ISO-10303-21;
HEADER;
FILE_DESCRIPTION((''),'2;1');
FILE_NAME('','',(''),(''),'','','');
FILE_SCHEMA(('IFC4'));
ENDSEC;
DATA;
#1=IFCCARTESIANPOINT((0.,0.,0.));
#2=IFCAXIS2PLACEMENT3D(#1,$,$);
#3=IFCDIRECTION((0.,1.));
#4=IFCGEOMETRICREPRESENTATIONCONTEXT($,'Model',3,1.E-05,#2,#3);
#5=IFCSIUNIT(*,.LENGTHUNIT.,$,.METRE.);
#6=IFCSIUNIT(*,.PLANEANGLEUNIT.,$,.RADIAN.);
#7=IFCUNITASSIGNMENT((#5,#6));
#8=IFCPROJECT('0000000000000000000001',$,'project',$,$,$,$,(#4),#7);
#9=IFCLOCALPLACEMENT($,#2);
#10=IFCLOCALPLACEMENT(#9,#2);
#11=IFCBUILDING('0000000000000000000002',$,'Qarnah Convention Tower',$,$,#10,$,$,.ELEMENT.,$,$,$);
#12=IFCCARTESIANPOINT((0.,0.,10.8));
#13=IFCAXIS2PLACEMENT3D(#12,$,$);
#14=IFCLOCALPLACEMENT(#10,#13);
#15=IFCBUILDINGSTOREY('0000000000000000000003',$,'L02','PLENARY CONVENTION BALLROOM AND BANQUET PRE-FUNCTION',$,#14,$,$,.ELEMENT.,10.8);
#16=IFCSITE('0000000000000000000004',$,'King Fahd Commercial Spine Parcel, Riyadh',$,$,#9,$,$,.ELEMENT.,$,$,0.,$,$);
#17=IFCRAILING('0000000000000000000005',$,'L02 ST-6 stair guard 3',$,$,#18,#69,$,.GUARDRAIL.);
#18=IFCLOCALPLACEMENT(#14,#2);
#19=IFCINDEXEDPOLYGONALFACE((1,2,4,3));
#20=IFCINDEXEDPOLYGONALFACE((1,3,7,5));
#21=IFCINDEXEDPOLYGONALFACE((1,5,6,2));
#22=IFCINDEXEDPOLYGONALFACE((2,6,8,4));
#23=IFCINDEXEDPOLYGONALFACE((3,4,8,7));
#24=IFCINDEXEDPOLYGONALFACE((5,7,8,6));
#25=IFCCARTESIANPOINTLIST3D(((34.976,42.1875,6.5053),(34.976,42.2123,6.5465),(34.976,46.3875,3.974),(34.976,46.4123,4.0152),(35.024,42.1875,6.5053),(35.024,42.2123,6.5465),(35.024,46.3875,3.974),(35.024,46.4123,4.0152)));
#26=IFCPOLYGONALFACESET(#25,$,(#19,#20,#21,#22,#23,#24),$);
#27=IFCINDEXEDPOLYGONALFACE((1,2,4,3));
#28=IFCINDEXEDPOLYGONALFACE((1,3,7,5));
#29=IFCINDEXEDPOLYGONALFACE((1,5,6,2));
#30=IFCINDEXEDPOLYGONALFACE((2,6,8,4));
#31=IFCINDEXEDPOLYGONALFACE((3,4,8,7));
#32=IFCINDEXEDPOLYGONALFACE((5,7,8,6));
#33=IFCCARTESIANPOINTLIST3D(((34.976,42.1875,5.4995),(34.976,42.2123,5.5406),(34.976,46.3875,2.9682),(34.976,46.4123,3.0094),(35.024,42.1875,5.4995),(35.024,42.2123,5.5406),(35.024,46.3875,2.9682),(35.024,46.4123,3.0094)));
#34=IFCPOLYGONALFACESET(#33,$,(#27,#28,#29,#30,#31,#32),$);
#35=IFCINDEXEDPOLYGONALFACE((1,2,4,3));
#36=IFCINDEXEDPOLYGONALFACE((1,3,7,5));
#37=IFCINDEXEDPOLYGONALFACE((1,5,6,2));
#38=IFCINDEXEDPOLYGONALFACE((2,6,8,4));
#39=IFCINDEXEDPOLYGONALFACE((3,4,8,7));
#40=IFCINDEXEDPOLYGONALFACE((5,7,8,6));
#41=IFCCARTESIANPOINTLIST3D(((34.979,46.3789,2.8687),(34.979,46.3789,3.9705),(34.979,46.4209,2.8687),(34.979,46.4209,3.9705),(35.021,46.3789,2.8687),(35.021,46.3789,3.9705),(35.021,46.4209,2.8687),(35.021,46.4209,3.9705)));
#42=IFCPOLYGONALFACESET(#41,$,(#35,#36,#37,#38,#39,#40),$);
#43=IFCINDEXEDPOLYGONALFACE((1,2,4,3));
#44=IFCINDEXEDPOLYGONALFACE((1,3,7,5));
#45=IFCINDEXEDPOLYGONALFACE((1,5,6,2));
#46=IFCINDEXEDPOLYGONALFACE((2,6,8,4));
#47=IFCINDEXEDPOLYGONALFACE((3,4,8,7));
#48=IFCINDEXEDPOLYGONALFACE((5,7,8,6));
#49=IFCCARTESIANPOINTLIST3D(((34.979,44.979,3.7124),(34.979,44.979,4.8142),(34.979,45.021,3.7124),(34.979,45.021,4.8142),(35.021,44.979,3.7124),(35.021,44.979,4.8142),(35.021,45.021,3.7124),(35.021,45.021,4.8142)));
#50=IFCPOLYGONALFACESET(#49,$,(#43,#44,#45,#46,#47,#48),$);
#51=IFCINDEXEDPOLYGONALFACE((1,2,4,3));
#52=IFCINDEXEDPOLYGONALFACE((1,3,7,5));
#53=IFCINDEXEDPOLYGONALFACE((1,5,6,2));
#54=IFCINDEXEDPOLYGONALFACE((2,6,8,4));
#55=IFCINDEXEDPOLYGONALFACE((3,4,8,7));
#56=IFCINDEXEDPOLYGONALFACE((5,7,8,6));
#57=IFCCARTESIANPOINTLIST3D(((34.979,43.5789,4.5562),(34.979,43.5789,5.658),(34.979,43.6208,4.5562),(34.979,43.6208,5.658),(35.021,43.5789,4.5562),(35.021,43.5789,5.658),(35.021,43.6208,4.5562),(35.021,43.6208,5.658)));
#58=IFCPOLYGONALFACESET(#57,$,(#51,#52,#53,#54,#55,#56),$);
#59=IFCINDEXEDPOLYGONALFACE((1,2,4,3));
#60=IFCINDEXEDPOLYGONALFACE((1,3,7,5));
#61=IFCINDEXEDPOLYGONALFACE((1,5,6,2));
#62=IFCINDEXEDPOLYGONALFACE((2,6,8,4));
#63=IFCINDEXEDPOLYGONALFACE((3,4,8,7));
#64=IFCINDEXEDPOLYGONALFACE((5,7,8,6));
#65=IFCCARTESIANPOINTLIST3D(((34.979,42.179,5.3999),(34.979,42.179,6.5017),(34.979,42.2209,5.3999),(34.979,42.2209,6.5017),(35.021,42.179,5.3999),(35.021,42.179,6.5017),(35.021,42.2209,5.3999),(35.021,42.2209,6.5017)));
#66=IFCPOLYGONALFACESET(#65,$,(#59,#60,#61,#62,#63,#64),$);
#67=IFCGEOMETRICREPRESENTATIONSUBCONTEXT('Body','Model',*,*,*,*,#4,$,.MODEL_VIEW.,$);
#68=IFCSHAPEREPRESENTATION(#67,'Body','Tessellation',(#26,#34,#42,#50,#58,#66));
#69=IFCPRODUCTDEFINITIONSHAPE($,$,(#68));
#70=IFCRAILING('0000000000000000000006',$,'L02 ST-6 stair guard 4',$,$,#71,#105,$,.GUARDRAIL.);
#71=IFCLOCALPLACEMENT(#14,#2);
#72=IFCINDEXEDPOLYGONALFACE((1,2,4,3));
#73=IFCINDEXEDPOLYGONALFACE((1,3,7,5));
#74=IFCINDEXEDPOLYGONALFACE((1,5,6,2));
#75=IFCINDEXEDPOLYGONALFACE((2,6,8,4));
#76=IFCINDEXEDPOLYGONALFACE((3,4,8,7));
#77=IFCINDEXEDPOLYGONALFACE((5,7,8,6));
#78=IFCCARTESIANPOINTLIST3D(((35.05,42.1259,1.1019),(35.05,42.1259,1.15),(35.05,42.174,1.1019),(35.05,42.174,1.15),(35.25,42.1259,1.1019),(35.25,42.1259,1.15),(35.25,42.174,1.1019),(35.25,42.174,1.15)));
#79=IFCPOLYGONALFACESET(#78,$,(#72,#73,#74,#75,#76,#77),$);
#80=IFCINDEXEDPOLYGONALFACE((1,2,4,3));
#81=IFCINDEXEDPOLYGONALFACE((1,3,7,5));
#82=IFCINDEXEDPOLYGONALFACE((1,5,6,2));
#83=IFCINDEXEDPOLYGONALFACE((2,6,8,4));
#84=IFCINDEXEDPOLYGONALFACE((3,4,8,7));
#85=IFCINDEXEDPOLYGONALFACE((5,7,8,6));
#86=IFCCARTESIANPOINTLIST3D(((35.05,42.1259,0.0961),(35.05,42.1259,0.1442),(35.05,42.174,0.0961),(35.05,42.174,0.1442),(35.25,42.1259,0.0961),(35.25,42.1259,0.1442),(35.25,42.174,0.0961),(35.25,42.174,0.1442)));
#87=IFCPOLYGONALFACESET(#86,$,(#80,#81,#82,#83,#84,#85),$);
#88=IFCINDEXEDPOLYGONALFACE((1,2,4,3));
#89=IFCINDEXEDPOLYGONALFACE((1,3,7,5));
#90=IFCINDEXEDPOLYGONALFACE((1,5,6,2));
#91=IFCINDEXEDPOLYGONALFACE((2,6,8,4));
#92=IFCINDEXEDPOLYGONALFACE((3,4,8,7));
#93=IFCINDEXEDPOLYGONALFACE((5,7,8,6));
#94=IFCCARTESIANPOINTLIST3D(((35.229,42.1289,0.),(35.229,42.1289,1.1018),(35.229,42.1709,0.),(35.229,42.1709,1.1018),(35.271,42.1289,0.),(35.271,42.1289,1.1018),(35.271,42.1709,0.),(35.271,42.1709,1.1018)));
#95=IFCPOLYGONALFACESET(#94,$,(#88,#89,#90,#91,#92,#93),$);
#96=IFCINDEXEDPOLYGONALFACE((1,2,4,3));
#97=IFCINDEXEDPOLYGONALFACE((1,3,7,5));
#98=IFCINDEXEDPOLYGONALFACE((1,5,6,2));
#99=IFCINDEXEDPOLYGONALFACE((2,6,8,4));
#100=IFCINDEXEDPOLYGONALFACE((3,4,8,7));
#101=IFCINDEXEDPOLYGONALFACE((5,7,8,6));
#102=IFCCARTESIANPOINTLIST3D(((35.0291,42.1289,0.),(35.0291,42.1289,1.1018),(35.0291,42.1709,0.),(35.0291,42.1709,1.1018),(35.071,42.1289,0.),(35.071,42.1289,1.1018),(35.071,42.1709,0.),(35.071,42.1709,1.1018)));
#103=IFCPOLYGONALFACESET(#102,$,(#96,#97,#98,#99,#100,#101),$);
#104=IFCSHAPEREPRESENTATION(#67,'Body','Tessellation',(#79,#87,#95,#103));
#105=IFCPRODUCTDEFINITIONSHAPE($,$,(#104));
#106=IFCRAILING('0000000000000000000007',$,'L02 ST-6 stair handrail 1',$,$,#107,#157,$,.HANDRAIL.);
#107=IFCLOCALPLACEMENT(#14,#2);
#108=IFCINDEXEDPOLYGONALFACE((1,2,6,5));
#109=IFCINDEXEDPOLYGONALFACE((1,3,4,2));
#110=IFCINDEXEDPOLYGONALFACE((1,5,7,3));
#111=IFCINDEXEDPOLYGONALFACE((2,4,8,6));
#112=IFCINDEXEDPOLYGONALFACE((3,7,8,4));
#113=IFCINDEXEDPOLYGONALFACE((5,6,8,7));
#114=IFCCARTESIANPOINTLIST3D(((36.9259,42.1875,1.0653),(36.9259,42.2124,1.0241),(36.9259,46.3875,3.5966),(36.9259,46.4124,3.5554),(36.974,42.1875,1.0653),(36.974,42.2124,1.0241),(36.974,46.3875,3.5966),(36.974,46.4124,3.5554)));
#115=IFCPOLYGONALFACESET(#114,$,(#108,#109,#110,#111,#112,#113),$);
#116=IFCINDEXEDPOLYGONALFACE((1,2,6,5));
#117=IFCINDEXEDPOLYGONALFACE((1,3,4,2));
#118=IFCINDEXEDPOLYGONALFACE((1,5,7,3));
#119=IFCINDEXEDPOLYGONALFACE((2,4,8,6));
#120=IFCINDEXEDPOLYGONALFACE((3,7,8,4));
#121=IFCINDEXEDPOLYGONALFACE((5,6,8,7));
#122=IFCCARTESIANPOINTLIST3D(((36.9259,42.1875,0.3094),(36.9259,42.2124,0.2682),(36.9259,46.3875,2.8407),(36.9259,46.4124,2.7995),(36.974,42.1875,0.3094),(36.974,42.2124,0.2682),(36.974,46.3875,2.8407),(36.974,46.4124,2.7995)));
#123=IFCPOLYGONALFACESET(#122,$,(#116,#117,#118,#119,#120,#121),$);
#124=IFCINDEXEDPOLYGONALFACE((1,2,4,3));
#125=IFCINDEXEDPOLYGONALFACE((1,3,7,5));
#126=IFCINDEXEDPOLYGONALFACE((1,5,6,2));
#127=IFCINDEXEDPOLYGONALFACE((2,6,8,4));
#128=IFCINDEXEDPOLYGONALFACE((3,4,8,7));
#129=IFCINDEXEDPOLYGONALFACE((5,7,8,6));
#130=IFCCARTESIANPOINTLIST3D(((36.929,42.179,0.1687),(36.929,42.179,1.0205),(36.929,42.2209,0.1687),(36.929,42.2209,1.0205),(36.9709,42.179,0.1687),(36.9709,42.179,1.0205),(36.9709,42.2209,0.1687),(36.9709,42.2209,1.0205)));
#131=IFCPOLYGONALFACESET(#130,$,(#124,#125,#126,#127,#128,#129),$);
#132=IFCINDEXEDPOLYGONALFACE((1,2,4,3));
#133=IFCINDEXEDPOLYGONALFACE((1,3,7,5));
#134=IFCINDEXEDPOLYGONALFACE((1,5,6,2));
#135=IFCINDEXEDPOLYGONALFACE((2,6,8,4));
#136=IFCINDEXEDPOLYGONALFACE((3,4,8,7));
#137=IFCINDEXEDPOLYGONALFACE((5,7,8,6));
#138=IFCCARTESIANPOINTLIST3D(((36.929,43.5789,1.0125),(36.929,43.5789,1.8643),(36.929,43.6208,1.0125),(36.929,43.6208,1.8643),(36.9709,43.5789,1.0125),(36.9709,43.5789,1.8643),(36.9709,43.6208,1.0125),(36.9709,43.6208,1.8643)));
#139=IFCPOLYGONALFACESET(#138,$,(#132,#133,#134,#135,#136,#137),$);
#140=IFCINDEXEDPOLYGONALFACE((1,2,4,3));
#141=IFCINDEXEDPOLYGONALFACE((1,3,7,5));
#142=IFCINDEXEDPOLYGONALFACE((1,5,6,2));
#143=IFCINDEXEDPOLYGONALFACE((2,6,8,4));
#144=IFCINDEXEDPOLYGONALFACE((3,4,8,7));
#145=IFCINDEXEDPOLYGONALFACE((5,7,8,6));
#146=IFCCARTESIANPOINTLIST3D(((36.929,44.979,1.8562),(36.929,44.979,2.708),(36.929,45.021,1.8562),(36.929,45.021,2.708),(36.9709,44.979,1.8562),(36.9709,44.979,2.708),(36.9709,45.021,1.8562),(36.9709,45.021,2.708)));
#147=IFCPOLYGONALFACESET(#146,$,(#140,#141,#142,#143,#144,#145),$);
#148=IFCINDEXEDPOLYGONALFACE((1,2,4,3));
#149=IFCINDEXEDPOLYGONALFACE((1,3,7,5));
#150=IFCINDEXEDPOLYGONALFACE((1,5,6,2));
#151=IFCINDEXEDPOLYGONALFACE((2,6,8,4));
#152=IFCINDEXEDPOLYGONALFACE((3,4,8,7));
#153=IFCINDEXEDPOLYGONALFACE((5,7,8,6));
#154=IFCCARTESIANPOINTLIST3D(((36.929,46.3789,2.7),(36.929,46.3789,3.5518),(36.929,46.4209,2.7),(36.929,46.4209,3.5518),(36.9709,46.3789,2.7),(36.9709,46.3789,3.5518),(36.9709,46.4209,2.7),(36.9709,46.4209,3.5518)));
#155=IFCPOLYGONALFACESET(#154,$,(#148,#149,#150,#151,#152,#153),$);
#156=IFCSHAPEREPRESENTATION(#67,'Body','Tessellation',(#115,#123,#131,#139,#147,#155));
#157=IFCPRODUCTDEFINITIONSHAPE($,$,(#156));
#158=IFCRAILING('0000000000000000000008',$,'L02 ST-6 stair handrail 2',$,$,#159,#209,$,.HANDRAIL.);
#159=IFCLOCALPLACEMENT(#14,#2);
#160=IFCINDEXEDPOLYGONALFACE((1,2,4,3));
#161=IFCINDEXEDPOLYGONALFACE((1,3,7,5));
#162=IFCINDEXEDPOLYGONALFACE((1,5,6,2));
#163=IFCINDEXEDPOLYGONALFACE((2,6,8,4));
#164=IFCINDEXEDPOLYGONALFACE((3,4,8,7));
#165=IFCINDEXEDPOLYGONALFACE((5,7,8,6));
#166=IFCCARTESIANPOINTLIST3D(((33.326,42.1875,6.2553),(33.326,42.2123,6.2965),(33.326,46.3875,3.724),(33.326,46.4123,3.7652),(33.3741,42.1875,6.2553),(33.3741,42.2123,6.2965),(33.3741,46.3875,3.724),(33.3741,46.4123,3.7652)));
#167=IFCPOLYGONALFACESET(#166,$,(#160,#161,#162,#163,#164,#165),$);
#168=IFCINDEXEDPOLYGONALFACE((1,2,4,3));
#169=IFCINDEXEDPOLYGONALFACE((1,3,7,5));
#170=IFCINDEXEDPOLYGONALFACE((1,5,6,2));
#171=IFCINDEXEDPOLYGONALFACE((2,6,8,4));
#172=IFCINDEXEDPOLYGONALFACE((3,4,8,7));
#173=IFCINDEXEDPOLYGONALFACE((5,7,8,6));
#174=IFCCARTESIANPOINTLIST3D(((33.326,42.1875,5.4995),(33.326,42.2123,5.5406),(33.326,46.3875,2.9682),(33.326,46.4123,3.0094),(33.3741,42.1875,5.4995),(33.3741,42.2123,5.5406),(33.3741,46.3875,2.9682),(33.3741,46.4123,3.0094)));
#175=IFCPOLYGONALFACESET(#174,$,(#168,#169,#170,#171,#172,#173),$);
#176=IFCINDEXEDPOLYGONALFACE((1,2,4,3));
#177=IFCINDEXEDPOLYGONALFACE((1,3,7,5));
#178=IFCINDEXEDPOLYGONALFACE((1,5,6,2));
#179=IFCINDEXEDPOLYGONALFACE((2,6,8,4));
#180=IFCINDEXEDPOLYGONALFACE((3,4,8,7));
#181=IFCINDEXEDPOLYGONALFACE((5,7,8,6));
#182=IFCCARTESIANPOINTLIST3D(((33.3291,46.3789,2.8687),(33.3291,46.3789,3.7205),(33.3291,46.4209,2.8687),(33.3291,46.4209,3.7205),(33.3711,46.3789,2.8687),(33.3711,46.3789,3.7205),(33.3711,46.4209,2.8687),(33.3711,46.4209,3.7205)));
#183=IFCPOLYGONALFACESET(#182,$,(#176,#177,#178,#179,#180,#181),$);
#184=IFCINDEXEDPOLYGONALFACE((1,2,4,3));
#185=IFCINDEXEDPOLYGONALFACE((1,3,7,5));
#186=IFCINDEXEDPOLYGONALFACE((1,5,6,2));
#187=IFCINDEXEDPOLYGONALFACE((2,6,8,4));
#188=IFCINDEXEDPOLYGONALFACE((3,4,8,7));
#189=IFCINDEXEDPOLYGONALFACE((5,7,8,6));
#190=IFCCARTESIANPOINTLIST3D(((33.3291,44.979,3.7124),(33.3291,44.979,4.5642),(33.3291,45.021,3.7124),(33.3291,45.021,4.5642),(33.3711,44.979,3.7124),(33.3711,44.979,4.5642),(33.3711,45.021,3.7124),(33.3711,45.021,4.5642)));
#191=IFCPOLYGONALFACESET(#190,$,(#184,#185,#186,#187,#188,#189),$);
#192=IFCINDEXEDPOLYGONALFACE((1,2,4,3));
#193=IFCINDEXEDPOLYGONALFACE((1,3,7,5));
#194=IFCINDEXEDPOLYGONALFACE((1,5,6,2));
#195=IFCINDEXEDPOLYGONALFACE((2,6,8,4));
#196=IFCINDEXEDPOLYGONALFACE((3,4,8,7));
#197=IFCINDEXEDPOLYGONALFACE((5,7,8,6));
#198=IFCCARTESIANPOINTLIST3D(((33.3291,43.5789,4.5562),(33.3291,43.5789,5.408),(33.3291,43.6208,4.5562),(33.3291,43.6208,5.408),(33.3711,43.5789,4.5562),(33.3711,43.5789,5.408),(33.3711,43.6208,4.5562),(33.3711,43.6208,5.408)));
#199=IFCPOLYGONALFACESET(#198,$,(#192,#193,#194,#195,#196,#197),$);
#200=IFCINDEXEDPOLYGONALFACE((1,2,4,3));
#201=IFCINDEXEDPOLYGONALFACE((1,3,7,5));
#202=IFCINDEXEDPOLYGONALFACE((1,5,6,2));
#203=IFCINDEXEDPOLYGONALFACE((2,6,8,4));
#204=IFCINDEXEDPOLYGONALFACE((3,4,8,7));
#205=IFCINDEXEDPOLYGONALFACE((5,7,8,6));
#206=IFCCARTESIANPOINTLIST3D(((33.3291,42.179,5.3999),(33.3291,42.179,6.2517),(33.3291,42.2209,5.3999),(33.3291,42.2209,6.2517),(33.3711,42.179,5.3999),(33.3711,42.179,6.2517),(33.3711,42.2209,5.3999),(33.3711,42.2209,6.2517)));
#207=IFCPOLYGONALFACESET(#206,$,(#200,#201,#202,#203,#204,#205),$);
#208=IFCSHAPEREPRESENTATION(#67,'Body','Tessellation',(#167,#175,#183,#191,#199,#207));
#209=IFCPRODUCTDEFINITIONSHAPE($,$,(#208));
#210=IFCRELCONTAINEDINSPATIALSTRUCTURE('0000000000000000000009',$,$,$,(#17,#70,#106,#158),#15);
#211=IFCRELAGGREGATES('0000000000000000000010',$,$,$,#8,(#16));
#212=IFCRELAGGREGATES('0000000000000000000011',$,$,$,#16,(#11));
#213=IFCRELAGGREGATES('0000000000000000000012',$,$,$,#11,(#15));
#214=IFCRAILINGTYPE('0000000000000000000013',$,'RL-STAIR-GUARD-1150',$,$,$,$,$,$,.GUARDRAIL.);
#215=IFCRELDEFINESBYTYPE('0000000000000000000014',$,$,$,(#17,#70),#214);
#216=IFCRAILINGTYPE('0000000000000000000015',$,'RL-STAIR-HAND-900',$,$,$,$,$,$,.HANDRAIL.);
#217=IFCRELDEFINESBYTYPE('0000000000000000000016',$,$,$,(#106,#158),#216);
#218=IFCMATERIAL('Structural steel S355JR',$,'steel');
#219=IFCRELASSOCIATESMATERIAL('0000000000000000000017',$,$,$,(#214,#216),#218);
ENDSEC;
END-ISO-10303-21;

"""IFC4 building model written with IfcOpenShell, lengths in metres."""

from ifc_helpers import new_model, si_unit, direction, frame, origin, origin_2d, place, context, subcontext, project, spatial, rectangle, extrude, material, type_object, element, save


model = new_model("IFC4")

# Units and contexts
model_context = context("Model", 3, precision=1e-05, world=origin(), true_north=direction((0.0, 1.0)))
body_context = subcontext(model_context, "Body", "Model", "MODEL_VIEW")
ifc_project = project(units=[si_unit("LENGTHUNIT", "METRE"), si_unit("PLANEANGLEUNIT", "RADIAN")], contexts=[model_context])

# Site, building, storey
site_placement = place(None, origin())
site = spatial("IfcSite", under=ifc_project, at=site_placement, Name="King Fahd Commercial Spine Parcel, Riyadh", CompositionType="ELEMENT", RefElevation=0.0)
building_placement = place(site_placement, origin())
building = spatial("IfcBuilding", under=site, at=building_placement, Name="Qarnah Convention Tower", CompositionType="ELEMENT")
storey_placement = place(building_placement, frame((0.0, 0.0, 10.8)))
storey = spatial("IfcBuildingStorey", under=building, at=storey_placement, Name="L02", Description="PLENARY CONVENTION BALLROOM AND BANQUET PRE-FUNCTION", CompositionType="ELEMENT", Elevation=10.8)

# Shared definitions
ifc_material_1 = material(Name="Structural steel S355JR", Category="steel")

# Railings
railing_type_1 = type_object("IfcRailingType", Name="RL-STAIR-GUARD-1150", PredefinedType="GUARDRAIL", material=ifc_material_1)
railing_1_placement = place(storey_placement, frame((35.0, 46.3999, 2.8687)))
element("IfcRailing", 1, at=railing_1_placement, inside=storey, type_object=railing_type_1, Name="L02 ST-6 stair guard 3", PredefinedType="GUARDRAIL", context=body_context, shape_type="SweptSolid", body=[
    extrude(rectangle(XDim=0.0481, YDim=0.0481, at=origin_2d()), frame((0.0, 0.0, 1.126), z_axis=(0.0, -0.856476, 0.516186), x_axis=(1.0, 0.0, 0.0)), (0.0, 0.0, 1.0), 4.9038),
    extrude(rectangle(XDim=0.0481, YDim=0.0481, at=origin_2d()), frame((0.0, 0.0, 0.1201), z_axis=(0.0, -0.856476, 0.516186), x_axis=(1.0, 0.0, 0.0)), (0.0, 0.0, 1.0), 4.9038),
    extrude(rectangle(XDim=0.042, YDim=0.042, at=origin_2d()), origin(), (0.0, 0.0, 1.0), 1.1018),
    extrude(rectangle(XDim=0.042, YDim=0.042, at=origin_2d()), frame((0.0, -1.3999, 0.8438)), (0.0, 0.0, 1.0), 1.1018),
    extrude(rectangle(XDim=0.042, YDim=0.042, at=origin_2d()), frame((0.0, -2.8, 1.6875)), (0.0, 0.0, 1.0), 1.1018),
    extrude(rectangle(XDim=0.042, YDim=0.042, at=origin_2d()), frame((0.0, -4.2, 2.5312)), (0.0, 0.0, 1.0), 1.1018),
])
railing_2_placement = place(storey_placement, frame((35.25, 42.1499, 0.0)))
element("IfcRailing", 2, at=railing_2_placement, inside=storey, type_object=railing_type_1, Name="L02 ST-6 stair guard 4", PredefinedType="GUARDRAIL", context=body_context, shape_type="SweptSolid", body=[
    extrude(rectangle(XDim=0.0481, YDim=0.0481, at=origin_2d()), frame((0.0, 0.0, 1.126), z_axis=(-1.0, 0.0, 0.0), x_axis=(0.0, -1.0, 0.0)), (0.0, 0.0, 1.0), 0.2),
    extrude(rectangle(XDim=0.0481, YDim=0.0481, at=origin_2d()), frame((0.0, 0.0, 0.1201), z_axis=(-1.0, 0.0, 0.0), x_axis=(0.0, -1.0, 0.0)), (0.0, 0.0, 1.0), 0.2),
    extrude(rectangle(XDim=0.042, YDim=0.042, at=origin_2d()), origin(), (0.0, 0.0, 1.0), 1.1018),
    extrude(rectangle(XDim=0.042, YDim=0.042, at=origin_2d()), frame((-0.2, 0.0, 0.0)), (0.0, 0.0, 1.0), 1.1018),
])
railing_type_2 = type_object("IfcRailingType", Name="RL-STAIR-HAND-900", PredefinedType="HANDRAIL", material=ifc_material_1)
railing_3_placement = place(storey_placement, frame((36.95, 42.2, 0.1687)))
element("IfcRailing", 3, at=railing_3_placement, inside=storey, type_object=railing_type_2, Name="L02 ST-6 stair handrail 1", PredefinedType="HANDRAIL", context=body_context, shape_type="SweptSolid", body=[
    extrude(rectangle(XDim=0.0481, YDim=0.0481, at=origin_2d()), frame((0.0, 0.0, 0.876), z_axis=(0.0, 0.856476, 0.516186), x_axis=(-1.0, 0.0, 0.0)), (0.0, 0.0, 1.0), 4.9038),
    extrude(rectangle(XDim=0.0481, YDim=0.0481, at=origin_2d()), frame((0.0, 0.0, 0.1201), z_axis=(0.0, 0.856476, 0.516186), x_axis=(-1.0, 0.0, 0.0)), (0.0, 0.0, 1.0), 4.9038),
    extrude(rectangle(XDim=0.042, YDim=0.042, at=origin_2d()), origin(), (0.0, 0.0, 1.0), 0.8518),
    extrude(rectangle(XDim=0.042, YDim=0.042, at=origin_2d()), frame((0.0, 1.3999, 0.8438)), (0.0, 0.0, 1.0), 0.8518),
    extrude(rectangle(XDim=0.042, YDim=0.042, at=origin_2d()), frame((0.0, 2.8, 1.6875)), (0.0, 0.0, 1.0), 0.8518),
    extrude(rectangle(XDim=0.042, YDim=0.042, at=origin_2d()), frame((0.0, 4.2, 2.5312)), (0.0, 0.0, 1.0), 0.8518),
])
railing_4_placement = place(storey_placement, frame((33.3501, 46.3999, 2.8687)))
element("IfcRailing", 4, at=railing_4_placement, inside=storey, type_object=railing_type_2, Name="L02 ST-6 stair handrail 2", PredefinedType="HANDRAIL", context=body_context, shape_type="SweptSolid", body=[
    extrude(rectangle(XDim=0.0481, YDim=0.0481, at=origin_2d()), frame((0.0, 0.0, 0.876), z_axis=(0.0, -0.856476, 0.516186), x_axis=(1.0, 0.0, 0.0)), (0.0, 0.0, 1.0), 4.9038),
    extrude(rectangle(XDim=0.0481, YDim=0.0481, at=origin_2d()), frame((0.0, 0.0, 0.1201), z_axis=(0.0, -0.856476, 0.516186), x_axis=(1.0, 0.0, 0.0)), (0.0, 0.0, 1.0), 4.9038),
    extrude(rectangle(XDim=0.042, YDim=0.042, at=origin_2d()), origin(), (0.0, 0.0, 1.0), 0.8518),
    extrude(rectangle(XDim=0.042, YDim=0.042, at=origin_2d()), frame((0.0, -1.3999, 0.8438)), (0.0, 0.0, 1.0), 0.8518),
    extrude(rectangle(XDim=0.042, YDim=0.042, at=origin_2d()), frame((0.0, -2.8, 1.6875)), (0.0, 0.0, 1.0), 0.8518),
    extrude(rectangle(XDim=0.042, YDim=0.042, at=origin_2d()), frame((0.0, -4.2, 2.5312)), (0.0, 0.0, 1.0), 0.8518),
])

save(model, "model.ifc")
